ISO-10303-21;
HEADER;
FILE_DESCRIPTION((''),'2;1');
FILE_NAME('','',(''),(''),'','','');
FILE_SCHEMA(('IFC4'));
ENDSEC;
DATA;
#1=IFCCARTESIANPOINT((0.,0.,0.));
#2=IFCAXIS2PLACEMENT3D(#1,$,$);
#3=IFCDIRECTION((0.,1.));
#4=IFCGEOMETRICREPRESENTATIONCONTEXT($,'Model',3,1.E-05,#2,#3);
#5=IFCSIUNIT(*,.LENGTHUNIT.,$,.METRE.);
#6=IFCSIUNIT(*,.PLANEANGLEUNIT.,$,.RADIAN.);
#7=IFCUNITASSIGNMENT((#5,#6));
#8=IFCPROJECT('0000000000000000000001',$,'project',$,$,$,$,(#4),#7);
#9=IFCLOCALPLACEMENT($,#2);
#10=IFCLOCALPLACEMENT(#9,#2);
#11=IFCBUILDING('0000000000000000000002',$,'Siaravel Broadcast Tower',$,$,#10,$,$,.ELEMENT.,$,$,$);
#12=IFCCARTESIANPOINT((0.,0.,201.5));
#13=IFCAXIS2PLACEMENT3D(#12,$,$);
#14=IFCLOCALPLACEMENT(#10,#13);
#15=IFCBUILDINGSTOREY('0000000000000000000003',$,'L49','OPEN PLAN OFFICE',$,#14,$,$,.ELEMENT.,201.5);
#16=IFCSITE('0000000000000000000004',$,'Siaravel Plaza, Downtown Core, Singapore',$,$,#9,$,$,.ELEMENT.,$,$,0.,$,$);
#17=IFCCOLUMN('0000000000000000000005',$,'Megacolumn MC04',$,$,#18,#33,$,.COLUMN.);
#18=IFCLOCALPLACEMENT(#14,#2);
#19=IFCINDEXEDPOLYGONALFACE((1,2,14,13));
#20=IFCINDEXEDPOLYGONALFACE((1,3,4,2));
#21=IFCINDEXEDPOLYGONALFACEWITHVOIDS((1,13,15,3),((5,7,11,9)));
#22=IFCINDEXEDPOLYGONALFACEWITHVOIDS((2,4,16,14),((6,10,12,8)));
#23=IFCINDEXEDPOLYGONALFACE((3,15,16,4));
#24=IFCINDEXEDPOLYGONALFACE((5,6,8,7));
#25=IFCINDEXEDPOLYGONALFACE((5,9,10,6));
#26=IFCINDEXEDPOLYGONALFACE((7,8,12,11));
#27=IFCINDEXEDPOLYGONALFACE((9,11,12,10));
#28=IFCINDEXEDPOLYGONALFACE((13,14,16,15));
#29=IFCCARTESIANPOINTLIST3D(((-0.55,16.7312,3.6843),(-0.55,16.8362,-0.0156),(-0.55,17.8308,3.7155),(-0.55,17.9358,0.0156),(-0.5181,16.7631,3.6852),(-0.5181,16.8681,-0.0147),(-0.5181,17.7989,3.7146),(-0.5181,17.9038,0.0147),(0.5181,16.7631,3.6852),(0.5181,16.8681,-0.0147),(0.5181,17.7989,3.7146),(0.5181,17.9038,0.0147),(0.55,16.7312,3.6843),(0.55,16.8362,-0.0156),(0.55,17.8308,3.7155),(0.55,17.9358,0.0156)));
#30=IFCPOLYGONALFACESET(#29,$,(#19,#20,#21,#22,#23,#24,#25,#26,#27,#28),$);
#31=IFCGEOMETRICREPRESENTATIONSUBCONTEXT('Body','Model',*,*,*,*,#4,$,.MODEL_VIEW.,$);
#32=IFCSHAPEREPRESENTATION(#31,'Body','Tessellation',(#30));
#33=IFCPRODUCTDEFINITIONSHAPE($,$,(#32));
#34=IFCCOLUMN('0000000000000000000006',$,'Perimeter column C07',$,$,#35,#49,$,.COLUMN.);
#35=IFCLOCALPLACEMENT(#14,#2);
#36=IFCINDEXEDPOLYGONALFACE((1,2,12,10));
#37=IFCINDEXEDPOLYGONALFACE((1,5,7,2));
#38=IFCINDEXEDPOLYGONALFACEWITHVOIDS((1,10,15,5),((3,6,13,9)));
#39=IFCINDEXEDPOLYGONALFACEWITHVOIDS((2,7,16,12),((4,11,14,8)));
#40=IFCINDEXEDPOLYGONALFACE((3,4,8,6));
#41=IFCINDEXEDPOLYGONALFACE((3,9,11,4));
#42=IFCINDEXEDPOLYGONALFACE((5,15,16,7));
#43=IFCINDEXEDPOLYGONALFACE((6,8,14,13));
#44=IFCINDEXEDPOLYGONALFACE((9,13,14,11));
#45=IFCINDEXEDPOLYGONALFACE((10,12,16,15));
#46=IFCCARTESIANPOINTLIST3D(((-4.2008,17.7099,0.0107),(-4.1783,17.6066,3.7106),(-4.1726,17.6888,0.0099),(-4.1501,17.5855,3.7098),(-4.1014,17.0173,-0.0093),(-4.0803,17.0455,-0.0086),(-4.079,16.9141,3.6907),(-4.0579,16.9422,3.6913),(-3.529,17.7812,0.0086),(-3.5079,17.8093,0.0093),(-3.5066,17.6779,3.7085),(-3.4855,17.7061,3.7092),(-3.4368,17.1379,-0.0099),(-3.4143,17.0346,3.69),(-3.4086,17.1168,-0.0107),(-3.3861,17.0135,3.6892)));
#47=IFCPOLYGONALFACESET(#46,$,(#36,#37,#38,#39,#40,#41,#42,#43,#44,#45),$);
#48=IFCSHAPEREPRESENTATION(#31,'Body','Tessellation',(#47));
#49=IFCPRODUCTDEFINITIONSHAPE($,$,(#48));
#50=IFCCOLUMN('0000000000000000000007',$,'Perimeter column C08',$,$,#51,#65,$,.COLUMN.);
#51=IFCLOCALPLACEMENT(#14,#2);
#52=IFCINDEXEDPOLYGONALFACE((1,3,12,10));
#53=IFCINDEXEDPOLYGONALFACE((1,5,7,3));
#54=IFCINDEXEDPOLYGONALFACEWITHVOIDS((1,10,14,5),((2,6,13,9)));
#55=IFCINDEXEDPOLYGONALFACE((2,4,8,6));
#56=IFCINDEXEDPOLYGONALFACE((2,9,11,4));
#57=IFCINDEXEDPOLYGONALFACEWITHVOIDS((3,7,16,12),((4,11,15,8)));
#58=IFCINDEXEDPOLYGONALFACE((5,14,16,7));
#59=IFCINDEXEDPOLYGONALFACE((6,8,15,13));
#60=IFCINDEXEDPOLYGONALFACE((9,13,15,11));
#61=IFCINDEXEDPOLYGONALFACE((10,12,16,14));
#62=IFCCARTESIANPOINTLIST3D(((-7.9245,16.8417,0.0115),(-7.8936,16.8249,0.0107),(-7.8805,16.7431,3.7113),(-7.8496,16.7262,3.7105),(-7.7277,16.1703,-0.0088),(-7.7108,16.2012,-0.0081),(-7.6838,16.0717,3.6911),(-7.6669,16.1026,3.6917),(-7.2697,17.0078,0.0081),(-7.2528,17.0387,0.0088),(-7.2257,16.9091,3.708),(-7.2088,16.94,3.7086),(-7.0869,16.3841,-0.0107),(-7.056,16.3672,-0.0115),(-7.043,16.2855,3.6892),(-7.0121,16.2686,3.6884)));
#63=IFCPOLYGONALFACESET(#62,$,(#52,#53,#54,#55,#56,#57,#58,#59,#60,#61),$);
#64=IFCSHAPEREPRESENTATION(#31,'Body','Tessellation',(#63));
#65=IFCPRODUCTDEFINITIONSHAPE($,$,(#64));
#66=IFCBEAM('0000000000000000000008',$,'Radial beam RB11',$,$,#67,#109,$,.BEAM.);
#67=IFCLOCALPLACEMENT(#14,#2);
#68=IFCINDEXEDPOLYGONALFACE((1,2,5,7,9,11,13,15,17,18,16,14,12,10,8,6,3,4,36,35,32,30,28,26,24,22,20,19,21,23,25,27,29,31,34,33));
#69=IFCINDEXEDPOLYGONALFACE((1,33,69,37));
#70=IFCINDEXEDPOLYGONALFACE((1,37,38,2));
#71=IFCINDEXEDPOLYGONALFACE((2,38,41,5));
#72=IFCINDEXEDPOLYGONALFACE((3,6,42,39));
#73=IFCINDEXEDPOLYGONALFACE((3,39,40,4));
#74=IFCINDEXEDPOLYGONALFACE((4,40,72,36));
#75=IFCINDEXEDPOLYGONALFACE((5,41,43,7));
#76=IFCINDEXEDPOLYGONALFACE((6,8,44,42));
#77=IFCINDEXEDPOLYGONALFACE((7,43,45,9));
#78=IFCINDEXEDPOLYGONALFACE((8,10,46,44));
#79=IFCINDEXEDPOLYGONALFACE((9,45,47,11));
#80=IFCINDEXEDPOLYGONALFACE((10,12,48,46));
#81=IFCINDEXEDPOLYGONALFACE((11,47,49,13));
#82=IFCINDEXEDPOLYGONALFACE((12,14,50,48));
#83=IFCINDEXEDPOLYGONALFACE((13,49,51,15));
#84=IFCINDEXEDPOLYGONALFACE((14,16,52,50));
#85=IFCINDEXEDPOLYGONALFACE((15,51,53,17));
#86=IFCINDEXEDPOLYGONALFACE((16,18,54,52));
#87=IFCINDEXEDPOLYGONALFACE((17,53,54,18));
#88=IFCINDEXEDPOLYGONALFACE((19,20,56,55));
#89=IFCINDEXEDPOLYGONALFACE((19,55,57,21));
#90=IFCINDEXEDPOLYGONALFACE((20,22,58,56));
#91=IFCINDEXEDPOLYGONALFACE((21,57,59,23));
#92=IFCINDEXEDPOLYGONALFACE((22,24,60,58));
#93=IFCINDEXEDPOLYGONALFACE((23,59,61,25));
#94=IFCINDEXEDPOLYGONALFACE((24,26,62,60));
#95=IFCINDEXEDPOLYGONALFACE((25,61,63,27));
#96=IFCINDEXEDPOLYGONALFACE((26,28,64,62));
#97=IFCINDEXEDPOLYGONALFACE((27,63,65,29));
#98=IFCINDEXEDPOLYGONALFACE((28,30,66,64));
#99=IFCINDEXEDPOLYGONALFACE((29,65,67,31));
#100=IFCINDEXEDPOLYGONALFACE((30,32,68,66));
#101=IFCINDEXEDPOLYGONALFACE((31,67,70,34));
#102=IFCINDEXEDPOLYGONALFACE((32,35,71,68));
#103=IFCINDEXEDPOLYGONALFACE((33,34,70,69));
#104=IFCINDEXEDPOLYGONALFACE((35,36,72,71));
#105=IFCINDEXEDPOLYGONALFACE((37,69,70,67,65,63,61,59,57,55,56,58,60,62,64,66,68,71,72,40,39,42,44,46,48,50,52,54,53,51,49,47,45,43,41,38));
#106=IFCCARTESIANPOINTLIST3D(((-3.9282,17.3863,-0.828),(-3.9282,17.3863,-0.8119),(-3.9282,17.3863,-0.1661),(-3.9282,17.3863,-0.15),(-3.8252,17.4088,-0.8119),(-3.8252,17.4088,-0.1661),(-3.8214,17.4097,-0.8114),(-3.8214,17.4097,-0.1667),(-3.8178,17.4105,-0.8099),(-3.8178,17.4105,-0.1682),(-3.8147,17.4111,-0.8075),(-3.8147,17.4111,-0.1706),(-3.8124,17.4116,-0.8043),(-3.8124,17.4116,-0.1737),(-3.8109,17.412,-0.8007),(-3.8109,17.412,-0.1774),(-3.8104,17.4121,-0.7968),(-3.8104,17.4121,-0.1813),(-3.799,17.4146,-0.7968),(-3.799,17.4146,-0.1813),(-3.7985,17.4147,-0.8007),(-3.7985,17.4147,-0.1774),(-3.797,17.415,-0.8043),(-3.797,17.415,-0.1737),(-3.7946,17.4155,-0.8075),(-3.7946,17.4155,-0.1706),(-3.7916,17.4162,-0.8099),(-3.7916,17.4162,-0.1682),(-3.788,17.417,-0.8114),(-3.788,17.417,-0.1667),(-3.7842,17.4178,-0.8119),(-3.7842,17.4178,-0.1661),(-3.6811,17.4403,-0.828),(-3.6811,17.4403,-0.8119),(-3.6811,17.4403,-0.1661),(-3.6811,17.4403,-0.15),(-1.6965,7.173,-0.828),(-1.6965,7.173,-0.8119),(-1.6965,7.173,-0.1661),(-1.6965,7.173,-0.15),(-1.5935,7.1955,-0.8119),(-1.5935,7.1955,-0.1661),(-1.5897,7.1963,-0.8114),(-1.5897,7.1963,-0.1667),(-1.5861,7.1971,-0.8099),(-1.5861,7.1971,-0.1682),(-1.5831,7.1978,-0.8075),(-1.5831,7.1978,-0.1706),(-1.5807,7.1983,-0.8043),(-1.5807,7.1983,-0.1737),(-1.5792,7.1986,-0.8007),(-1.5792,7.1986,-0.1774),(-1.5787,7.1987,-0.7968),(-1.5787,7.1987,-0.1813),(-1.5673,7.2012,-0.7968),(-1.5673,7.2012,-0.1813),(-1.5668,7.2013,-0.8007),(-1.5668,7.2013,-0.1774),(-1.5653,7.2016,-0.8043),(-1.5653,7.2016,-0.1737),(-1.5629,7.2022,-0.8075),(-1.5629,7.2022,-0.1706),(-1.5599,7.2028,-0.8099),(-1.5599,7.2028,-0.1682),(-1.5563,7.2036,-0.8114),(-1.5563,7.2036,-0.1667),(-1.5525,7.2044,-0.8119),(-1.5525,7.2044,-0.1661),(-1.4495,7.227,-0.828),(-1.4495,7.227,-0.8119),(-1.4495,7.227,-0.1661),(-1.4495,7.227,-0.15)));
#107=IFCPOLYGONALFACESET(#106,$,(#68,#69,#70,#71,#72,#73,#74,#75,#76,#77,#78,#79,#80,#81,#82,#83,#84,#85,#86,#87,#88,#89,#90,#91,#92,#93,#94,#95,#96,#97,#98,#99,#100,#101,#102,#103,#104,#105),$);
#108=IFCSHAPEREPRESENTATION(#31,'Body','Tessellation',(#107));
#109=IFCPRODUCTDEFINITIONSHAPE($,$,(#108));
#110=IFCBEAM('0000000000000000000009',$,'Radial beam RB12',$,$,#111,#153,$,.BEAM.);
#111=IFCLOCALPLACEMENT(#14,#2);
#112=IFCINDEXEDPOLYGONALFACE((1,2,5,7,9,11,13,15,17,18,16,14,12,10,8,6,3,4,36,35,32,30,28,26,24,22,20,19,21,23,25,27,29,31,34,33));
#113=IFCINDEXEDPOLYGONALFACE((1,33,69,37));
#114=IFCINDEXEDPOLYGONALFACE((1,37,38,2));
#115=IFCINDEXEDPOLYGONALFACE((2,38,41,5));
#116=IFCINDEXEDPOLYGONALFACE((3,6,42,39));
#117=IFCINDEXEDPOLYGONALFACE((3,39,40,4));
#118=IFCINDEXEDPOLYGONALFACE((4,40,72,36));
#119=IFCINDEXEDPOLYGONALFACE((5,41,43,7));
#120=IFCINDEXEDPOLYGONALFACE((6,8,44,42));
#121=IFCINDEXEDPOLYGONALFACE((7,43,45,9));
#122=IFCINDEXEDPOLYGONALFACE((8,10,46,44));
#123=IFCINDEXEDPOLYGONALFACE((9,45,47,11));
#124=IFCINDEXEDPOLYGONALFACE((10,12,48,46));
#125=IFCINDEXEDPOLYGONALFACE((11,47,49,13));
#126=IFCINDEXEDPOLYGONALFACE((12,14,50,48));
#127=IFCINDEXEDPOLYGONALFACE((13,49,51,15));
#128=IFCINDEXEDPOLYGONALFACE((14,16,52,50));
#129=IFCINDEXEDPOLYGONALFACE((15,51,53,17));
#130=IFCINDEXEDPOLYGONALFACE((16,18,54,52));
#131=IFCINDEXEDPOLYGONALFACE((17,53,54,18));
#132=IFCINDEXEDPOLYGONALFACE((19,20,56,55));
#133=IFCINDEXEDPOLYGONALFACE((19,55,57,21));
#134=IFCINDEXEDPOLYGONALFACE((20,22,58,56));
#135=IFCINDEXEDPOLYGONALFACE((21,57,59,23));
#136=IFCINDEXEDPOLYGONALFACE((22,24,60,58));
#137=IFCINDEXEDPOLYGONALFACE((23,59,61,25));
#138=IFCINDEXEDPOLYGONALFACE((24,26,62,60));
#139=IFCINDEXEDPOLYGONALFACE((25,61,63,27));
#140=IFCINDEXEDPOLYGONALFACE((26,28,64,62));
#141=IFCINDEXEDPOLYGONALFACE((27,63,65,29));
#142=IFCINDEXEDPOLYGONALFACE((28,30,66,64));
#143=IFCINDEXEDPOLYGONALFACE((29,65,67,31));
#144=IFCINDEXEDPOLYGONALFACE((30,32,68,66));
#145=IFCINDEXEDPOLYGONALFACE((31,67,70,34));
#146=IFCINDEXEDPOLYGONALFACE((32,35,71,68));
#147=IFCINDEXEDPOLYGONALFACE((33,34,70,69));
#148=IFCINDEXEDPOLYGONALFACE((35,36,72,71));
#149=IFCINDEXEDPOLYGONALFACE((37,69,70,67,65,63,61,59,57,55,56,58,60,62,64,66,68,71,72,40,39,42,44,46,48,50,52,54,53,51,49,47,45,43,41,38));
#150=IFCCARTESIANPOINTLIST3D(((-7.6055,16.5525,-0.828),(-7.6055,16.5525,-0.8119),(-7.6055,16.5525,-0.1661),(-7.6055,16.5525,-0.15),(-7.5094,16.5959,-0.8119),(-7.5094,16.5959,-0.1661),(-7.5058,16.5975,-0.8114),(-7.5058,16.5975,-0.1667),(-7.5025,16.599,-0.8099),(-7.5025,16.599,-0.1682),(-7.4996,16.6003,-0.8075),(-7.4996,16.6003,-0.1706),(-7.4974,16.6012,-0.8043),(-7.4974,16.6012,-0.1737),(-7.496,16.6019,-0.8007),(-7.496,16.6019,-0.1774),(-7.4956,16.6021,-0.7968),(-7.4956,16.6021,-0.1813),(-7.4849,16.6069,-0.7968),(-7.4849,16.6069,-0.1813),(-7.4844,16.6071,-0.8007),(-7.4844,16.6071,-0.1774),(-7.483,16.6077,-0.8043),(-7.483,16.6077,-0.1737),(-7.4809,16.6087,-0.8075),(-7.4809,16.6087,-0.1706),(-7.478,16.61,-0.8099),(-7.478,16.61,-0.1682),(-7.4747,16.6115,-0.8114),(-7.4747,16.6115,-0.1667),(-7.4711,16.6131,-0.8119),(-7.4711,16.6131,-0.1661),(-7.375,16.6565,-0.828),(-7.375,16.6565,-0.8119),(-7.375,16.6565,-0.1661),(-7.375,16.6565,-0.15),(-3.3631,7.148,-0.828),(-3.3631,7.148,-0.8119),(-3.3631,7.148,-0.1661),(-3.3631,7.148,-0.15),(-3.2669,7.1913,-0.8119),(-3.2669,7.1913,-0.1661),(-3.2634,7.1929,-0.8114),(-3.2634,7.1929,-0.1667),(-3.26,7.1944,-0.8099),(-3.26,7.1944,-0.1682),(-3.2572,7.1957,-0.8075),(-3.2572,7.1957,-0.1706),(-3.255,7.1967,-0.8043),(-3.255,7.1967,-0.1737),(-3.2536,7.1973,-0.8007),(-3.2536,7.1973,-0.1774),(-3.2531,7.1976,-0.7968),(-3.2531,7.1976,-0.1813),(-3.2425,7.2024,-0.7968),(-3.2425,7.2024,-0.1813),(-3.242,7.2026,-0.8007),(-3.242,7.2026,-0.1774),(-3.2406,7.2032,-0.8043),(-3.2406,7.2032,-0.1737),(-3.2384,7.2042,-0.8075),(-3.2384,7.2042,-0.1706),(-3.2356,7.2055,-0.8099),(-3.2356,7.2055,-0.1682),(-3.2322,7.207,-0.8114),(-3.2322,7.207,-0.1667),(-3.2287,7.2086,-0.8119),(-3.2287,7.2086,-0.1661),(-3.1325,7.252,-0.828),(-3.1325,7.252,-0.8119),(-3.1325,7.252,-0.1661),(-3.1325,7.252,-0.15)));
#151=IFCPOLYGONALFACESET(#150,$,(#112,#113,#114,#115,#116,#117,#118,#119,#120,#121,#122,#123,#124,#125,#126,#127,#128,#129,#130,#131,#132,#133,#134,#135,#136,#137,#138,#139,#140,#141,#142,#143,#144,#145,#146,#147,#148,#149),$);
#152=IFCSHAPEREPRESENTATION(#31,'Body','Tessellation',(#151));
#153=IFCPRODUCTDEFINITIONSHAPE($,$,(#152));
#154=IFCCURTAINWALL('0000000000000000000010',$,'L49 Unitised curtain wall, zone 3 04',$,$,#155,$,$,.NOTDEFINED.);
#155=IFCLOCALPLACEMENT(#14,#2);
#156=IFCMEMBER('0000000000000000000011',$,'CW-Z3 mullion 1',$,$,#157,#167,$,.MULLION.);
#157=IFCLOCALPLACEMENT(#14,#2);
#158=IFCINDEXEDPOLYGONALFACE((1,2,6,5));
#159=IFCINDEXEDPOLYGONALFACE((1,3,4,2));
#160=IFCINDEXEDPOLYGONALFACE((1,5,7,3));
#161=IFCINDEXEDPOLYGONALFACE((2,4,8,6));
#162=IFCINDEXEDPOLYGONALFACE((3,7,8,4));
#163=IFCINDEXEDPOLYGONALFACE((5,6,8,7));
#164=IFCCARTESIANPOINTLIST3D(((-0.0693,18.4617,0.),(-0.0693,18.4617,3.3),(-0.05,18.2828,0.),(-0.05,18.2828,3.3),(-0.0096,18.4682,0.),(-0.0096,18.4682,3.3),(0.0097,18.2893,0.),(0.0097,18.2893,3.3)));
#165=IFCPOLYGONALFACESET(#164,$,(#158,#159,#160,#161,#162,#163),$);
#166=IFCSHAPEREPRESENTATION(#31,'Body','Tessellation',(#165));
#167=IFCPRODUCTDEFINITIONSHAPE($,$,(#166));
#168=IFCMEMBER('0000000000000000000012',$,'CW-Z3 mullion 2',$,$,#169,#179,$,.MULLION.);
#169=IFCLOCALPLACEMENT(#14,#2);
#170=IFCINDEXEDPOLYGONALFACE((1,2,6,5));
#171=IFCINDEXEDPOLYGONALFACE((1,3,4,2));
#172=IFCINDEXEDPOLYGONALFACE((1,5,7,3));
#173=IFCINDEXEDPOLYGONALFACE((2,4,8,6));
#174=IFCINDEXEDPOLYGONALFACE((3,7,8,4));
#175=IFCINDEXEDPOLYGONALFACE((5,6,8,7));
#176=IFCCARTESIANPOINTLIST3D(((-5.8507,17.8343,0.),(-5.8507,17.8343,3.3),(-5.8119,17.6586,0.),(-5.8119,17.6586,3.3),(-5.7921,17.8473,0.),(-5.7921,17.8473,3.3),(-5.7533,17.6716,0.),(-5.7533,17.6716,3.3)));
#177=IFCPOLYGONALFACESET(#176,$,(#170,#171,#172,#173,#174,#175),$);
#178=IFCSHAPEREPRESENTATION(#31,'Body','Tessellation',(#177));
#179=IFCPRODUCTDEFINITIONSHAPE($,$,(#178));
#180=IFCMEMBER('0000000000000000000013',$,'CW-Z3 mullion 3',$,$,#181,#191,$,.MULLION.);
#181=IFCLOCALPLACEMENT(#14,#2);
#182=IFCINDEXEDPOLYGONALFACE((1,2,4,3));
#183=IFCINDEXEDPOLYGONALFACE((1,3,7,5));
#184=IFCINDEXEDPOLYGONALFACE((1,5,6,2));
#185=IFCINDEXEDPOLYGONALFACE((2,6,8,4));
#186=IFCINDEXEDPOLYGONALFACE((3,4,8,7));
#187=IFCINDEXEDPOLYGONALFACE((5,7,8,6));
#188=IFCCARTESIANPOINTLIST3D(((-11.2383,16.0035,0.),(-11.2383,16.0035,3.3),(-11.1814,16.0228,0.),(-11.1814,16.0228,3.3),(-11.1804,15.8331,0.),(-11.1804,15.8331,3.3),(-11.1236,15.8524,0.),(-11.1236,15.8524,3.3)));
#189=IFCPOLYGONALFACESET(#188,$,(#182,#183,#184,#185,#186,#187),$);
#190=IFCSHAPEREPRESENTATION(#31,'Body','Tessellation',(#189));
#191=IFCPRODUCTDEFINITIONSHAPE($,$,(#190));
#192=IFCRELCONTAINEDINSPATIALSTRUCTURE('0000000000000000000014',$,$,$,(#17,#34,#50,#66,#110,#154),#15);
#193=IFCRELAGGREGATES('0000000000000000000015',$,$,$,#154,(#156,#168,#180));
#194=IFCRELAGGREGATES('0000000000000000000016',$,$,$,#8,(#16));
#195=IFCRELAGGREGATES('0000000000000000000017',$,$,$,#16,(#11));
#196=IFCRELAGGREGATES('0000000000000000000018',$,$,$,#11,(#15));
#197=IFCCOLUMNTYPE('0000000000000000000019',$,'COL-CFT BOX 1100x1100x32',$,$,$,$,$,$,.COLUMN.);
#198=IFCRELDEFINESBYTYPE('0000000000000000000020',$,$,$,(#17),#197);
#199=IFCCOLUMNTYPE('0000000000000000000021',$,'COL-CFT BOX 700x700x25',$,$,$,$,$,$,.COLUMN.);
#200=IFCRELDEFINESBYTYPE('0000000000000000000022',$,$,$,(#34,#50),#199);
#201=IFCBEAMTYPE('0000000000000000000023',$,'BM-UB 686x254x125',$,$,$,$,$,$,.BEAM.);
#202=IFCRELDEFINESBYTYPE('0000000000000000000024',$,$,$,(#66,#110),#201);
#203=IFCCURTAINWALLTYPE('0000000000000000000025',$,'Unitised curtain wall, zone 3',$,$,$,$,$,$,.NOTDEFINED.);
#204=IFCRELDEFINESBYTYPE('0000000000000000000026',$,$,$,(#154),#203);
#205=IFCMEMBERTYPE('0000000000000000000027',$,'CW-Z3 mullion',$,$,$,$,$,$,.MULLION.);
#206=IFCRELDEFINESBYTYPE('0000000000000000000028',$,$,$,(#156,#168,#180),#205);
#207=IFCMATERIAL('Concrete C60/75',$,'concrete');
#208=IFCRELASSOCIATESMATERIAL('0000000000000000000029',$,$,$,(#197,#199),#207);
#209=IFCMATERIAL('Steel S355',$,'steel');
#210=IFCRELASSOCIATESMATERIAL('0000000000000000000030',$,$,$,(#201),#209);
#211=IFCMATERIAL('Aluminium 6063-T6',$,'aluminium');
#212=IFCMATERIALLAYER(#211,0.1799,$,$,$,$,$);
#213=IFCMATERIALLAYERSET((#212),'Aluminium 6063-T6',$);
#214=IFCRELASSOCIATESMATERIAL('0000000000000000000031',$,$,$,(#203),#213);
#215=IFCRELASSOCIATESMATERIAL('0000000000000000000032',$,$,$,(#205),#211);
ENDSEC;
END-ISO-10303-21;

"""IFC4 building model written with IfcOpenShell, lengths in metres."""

from ifc_helpers import new_model, si_unit, direction, frame, origin, origin_2d, place, context, subcontext, project, spatial, rectangle, hollow_rectangle, i_section, extrude, material, layer, layer_set, material_profile, profile_set, type_object, element, aggregate, save


model = new_model("IFC4")

# Units and contexts
model_context = context("Model", 3, precision=1e-05, world=origin(), true_north=direction((0.0, 1.0)))
body_context = subcontext(model_context, "Body", "Model", "MODEL_VIEW")
ifc_project = project(units=[si_unit("LENGTHUNIT", "METRE"), si_unit("PLANEANGLEUNIT", "RADIAN")], contexts=[model_context])

# Site, building, storey
site_placement = place(None, origin())
site = spatial("IfcSite", under=ifc_project, at=site_placement, Name="Siaravel Plaza, Downtown Core, Singapore", CompositionType="ELEMENT", RefElevation=0.0)
building_placement = place(site_placement, origin())
building = spatial("IfcBuilding", under=site, at=building_placement, Name="Siaravel Broadcast Tower", CompositionType="ELEMENT")
storey_placement = place(building_placement, frame((0.0, 0.0, 201.5)))
storey = spatial("IfcBuildingStorey", under=building, at=storey_placement, Name="L49", Description="OPEN PLAN OFFICE", CompositionType="ELEMENT", Elevation=201.5)

# Columns
ifc_material_1 = material(Name="Concrete C60/75", Category="concrete")
ifc_material_profile_1 = material_profile(ifc_material_1, hollow_rectangle(XDim=1.1001, YDim=1.1001, WallThickness=0.032, at=origin_2d()))
ifc_profile_set_1 = profile_set([ifc_material_profile_1], Name="Concrete C60/75")
column_type_1 = type_object("IfcColumnType", Name="COL-CFT BOX 1100x1100x32", PredefinedType="COLUMN", material=ifc_profile_set_1)
column_placement = place(storey_placement, frame((0.0, 17.386, 0.0), z_axis=(0.0, -0.028362, 0.999598), x_axis=(1.0, 0.0, 0.0)))
element("IfcColumn", 1, at=column_placement, inside=storey, type_object=column_type_1, Name="Megacolumn MC04", PredefinedType="COLUMN", context=body_context, shape_type="SweptSolid", body=[
    extrude(hollow_rectangle(XDim=1.1001, YDim=1.1001, WallThickness=0.032, at=origin_2d()), origin(), (0.0, 0.0, 1.0), 3.7014),
])
ifc_material_profile_2 = material_profile(ifc_material_1, hollow_rectangle(XDim=0.7, YDim=0.7, WallThickness=0.0249, at=origin_2d()))
ifc_profile_set_2 = profile_set([ifc_material_profile_2], Name="Concrete C60/75")
column_type_2 = type_object("IfcColumnType", Name="COL-CFT BOX 700x700x25", PredefinedType="COLUMN", material=ifc_profile_set_2)
for number, where, z_axis, x_axis, name in (
    (2, (-3.8047, 17.4133, 0.0), (0.006068, -0.0279, 0.999592), (0.989858, 0.142042, -0.002044), "Perimeter column C07"),
    (3, (-7.4902, 16.6045, 0.0), (0.011872, -0.026647, 0.999574), (0.959605, 0.281323, -0.003898), "Perimeter column C08"),
):
    element("IfcColumn", number, at=place(storey_placement, frame(where, z_axis=z_axis, x_axis=x_axis)), inside=storey, type_object=column_type_2, Name=name, PredefinedType="COLUMN", context=body_context, shape_type="SweptSolid", body=[
        extrude(hollow_rectangle(XDim=0.7, YDim=0.7, WallThickness=0.0249, at=origin_2d()), origin(), (0.0, 0.0, 1.0), 3.7014),
    ])

# Beams
ifc_material_2 = material(Name="Steel S355", Category="steel")
ifc_material_profile_3 = material_profile(ifc_material_2, i_section(OverallWidth=0.2529, OverallDepth=0.678, WebThickness=0.0117, FlangeThickness=0.0161, FilletRadius=0.0151, at=origin_2d()))
ifc_profile_set_3 = profile_set([ifc_material_profile_3], Name="Steel S355")
beam_type = type_object("IfcBeamType", Name="BM-UB 686x254x125", PredefinedType="BEAM", material=ifc_profile_set_3)
beam_1_placement = place(storey_placement, frame((-3.8047, 17.4133, -0.489), z_axis=(0.21347, -0.97695, 0.0), x_axis=(0.97695, 0.21347, 0.0)))
element("IfcBeam", 4, at=beam_1_placement, inside=storey, type_object=beam_type, Name="Radial beam RB11", PredefinedType="BEAM", context=body_context, shape_type="SweptSolid", body=[
    extrude(i_section(OverallWidth=0.2529, OverallDepth=0.678, WebThickness=0.0117, FlangeThickness=0.0161, FilletRadius=0.0151, at=origin_2d()), origin(), (0.0, 0.0, 1.0), 10.4543),
])
beam_2_placement = place(storey_placement, frame((-7.4902, 16.6045, -0.489), z_axis=(0.411202, -0.911544, 0.0), x_axis=(0.911544, 0.411202, 0.0)))
element("IfcBeam", 5, at=beam_2_placement, inside=storey, type_object=beam_type, Name="Radial beam RB12", PredefinedType="BEAM", context=body_context, shape_type="SweptSolid", body=[
    extrude(i_section(OverallWidth=0.2529, OverallDepth=0.678, WebThickness=0.0117, FlangeThickness=0.0161, FilletRadius=0.0151, at=origin_2d()), origin(), (0.0, 0.0, 1.0), 10.3171),
])

# Curtain wall, members
ifc_material_3 = material(Name="Aluminium 6063-T6", Category="aluminium")
ifc_layer_1 = layer(ifc_material_3, 0.1799)
ifc_layer_set_1 = layer_set([ifc_layer_1], Name="Aluminium 6063-T6")
curtain_wall_type = type_object("IfcCurtainWallType", Name="Unitised curtain wall, zone 3", PredefinedType="NOTDEFINED", material=ifc_layer_set_1)
curtain_wall_placement = place(storey_placement, origin())
curtain_wall = element("IfcCurtainWall", 6, at=curtain_wall_placement, inside=storey, type_object=curtain_wall_type, Name="L49 Unitised curtain wall, zone 3 04", PredefinedType="NOTDEFINED")
ifc_material_profile_4 = material_profile(ifc_material_3, rectangle(XDim=0.1799, YDim=0.0601, at=origin_2d()))
ifc_profile_set_4 = profile_set([ifc_material_profile_4], Name="Aluminium 6063-T6")
member_type_1 = type_object("IfcMemberType", Name="CW-Z3 mullion", PredefinedType="MULLION", material=ifc_profile_set_4)
member_1_placement = place(storey_placement, frame((-0.0298, 18.3755, 0.0), z_axis=(0.0, 0.0, 1.0), x_axis=(0.107218, -0.994236, 0.0)))
member_1 = element("IfcMember", 7, at=member_1_placement, type_object=member_type_1, Name="CW-Z3 mullion 1", PredefinedType="MULLION", context=body_context, shape_type="SweptSolid", body=[
    extrude(rectangle(XDim=0.1799, YDim=0.0601, at=origin_2d()), origin(), (0.0, 0.0, 1.0), 3.3),
])
member_2_placement = place(storey_placement, frame((-5.802, 17.7529, 0.0), z_axis=(0.0, 0.0, 1.0), x_axis=(0.215559, -0.976491, 0.0)))
member_2 = element("IfcMember", 8, at=member_2_placement, type_object=member_type_1, Name="CW-Z3 mullion 2", PredefinedType="MULLION", context=body_context, shape_type="SweptSolid", body=[
    extrude(rectangle(XDim=0.1799, YDim=0.0601, at=origin_2d()), origin(), (0.0, 0.0, 1.0), 3.3),
])
member_3_placement = place(storey_placement, frame((-11.1809, 15.928, 0.0), z_axis=(0.0, 0.0, 1.0), x_axis=(0.321302, -0.946977, 0.0)))
member_3 = element("IfcMember", 9, at=member_3_placement, type_object=member_type_1, Name="CW-Z3 mullion 3", PredefinedType="MULLION", context=body_context, shape_type="SweptSolid", body=[
    extrude(rectangle(XDim=0.1799, YDim=0.0601, at=origin_2d()), origin(), (0.0, 0.0, 1.0), 3.3),
])

aggregate(curtain_wall, [member_1, member_2, member_3])

save(model, "model.ifc")
